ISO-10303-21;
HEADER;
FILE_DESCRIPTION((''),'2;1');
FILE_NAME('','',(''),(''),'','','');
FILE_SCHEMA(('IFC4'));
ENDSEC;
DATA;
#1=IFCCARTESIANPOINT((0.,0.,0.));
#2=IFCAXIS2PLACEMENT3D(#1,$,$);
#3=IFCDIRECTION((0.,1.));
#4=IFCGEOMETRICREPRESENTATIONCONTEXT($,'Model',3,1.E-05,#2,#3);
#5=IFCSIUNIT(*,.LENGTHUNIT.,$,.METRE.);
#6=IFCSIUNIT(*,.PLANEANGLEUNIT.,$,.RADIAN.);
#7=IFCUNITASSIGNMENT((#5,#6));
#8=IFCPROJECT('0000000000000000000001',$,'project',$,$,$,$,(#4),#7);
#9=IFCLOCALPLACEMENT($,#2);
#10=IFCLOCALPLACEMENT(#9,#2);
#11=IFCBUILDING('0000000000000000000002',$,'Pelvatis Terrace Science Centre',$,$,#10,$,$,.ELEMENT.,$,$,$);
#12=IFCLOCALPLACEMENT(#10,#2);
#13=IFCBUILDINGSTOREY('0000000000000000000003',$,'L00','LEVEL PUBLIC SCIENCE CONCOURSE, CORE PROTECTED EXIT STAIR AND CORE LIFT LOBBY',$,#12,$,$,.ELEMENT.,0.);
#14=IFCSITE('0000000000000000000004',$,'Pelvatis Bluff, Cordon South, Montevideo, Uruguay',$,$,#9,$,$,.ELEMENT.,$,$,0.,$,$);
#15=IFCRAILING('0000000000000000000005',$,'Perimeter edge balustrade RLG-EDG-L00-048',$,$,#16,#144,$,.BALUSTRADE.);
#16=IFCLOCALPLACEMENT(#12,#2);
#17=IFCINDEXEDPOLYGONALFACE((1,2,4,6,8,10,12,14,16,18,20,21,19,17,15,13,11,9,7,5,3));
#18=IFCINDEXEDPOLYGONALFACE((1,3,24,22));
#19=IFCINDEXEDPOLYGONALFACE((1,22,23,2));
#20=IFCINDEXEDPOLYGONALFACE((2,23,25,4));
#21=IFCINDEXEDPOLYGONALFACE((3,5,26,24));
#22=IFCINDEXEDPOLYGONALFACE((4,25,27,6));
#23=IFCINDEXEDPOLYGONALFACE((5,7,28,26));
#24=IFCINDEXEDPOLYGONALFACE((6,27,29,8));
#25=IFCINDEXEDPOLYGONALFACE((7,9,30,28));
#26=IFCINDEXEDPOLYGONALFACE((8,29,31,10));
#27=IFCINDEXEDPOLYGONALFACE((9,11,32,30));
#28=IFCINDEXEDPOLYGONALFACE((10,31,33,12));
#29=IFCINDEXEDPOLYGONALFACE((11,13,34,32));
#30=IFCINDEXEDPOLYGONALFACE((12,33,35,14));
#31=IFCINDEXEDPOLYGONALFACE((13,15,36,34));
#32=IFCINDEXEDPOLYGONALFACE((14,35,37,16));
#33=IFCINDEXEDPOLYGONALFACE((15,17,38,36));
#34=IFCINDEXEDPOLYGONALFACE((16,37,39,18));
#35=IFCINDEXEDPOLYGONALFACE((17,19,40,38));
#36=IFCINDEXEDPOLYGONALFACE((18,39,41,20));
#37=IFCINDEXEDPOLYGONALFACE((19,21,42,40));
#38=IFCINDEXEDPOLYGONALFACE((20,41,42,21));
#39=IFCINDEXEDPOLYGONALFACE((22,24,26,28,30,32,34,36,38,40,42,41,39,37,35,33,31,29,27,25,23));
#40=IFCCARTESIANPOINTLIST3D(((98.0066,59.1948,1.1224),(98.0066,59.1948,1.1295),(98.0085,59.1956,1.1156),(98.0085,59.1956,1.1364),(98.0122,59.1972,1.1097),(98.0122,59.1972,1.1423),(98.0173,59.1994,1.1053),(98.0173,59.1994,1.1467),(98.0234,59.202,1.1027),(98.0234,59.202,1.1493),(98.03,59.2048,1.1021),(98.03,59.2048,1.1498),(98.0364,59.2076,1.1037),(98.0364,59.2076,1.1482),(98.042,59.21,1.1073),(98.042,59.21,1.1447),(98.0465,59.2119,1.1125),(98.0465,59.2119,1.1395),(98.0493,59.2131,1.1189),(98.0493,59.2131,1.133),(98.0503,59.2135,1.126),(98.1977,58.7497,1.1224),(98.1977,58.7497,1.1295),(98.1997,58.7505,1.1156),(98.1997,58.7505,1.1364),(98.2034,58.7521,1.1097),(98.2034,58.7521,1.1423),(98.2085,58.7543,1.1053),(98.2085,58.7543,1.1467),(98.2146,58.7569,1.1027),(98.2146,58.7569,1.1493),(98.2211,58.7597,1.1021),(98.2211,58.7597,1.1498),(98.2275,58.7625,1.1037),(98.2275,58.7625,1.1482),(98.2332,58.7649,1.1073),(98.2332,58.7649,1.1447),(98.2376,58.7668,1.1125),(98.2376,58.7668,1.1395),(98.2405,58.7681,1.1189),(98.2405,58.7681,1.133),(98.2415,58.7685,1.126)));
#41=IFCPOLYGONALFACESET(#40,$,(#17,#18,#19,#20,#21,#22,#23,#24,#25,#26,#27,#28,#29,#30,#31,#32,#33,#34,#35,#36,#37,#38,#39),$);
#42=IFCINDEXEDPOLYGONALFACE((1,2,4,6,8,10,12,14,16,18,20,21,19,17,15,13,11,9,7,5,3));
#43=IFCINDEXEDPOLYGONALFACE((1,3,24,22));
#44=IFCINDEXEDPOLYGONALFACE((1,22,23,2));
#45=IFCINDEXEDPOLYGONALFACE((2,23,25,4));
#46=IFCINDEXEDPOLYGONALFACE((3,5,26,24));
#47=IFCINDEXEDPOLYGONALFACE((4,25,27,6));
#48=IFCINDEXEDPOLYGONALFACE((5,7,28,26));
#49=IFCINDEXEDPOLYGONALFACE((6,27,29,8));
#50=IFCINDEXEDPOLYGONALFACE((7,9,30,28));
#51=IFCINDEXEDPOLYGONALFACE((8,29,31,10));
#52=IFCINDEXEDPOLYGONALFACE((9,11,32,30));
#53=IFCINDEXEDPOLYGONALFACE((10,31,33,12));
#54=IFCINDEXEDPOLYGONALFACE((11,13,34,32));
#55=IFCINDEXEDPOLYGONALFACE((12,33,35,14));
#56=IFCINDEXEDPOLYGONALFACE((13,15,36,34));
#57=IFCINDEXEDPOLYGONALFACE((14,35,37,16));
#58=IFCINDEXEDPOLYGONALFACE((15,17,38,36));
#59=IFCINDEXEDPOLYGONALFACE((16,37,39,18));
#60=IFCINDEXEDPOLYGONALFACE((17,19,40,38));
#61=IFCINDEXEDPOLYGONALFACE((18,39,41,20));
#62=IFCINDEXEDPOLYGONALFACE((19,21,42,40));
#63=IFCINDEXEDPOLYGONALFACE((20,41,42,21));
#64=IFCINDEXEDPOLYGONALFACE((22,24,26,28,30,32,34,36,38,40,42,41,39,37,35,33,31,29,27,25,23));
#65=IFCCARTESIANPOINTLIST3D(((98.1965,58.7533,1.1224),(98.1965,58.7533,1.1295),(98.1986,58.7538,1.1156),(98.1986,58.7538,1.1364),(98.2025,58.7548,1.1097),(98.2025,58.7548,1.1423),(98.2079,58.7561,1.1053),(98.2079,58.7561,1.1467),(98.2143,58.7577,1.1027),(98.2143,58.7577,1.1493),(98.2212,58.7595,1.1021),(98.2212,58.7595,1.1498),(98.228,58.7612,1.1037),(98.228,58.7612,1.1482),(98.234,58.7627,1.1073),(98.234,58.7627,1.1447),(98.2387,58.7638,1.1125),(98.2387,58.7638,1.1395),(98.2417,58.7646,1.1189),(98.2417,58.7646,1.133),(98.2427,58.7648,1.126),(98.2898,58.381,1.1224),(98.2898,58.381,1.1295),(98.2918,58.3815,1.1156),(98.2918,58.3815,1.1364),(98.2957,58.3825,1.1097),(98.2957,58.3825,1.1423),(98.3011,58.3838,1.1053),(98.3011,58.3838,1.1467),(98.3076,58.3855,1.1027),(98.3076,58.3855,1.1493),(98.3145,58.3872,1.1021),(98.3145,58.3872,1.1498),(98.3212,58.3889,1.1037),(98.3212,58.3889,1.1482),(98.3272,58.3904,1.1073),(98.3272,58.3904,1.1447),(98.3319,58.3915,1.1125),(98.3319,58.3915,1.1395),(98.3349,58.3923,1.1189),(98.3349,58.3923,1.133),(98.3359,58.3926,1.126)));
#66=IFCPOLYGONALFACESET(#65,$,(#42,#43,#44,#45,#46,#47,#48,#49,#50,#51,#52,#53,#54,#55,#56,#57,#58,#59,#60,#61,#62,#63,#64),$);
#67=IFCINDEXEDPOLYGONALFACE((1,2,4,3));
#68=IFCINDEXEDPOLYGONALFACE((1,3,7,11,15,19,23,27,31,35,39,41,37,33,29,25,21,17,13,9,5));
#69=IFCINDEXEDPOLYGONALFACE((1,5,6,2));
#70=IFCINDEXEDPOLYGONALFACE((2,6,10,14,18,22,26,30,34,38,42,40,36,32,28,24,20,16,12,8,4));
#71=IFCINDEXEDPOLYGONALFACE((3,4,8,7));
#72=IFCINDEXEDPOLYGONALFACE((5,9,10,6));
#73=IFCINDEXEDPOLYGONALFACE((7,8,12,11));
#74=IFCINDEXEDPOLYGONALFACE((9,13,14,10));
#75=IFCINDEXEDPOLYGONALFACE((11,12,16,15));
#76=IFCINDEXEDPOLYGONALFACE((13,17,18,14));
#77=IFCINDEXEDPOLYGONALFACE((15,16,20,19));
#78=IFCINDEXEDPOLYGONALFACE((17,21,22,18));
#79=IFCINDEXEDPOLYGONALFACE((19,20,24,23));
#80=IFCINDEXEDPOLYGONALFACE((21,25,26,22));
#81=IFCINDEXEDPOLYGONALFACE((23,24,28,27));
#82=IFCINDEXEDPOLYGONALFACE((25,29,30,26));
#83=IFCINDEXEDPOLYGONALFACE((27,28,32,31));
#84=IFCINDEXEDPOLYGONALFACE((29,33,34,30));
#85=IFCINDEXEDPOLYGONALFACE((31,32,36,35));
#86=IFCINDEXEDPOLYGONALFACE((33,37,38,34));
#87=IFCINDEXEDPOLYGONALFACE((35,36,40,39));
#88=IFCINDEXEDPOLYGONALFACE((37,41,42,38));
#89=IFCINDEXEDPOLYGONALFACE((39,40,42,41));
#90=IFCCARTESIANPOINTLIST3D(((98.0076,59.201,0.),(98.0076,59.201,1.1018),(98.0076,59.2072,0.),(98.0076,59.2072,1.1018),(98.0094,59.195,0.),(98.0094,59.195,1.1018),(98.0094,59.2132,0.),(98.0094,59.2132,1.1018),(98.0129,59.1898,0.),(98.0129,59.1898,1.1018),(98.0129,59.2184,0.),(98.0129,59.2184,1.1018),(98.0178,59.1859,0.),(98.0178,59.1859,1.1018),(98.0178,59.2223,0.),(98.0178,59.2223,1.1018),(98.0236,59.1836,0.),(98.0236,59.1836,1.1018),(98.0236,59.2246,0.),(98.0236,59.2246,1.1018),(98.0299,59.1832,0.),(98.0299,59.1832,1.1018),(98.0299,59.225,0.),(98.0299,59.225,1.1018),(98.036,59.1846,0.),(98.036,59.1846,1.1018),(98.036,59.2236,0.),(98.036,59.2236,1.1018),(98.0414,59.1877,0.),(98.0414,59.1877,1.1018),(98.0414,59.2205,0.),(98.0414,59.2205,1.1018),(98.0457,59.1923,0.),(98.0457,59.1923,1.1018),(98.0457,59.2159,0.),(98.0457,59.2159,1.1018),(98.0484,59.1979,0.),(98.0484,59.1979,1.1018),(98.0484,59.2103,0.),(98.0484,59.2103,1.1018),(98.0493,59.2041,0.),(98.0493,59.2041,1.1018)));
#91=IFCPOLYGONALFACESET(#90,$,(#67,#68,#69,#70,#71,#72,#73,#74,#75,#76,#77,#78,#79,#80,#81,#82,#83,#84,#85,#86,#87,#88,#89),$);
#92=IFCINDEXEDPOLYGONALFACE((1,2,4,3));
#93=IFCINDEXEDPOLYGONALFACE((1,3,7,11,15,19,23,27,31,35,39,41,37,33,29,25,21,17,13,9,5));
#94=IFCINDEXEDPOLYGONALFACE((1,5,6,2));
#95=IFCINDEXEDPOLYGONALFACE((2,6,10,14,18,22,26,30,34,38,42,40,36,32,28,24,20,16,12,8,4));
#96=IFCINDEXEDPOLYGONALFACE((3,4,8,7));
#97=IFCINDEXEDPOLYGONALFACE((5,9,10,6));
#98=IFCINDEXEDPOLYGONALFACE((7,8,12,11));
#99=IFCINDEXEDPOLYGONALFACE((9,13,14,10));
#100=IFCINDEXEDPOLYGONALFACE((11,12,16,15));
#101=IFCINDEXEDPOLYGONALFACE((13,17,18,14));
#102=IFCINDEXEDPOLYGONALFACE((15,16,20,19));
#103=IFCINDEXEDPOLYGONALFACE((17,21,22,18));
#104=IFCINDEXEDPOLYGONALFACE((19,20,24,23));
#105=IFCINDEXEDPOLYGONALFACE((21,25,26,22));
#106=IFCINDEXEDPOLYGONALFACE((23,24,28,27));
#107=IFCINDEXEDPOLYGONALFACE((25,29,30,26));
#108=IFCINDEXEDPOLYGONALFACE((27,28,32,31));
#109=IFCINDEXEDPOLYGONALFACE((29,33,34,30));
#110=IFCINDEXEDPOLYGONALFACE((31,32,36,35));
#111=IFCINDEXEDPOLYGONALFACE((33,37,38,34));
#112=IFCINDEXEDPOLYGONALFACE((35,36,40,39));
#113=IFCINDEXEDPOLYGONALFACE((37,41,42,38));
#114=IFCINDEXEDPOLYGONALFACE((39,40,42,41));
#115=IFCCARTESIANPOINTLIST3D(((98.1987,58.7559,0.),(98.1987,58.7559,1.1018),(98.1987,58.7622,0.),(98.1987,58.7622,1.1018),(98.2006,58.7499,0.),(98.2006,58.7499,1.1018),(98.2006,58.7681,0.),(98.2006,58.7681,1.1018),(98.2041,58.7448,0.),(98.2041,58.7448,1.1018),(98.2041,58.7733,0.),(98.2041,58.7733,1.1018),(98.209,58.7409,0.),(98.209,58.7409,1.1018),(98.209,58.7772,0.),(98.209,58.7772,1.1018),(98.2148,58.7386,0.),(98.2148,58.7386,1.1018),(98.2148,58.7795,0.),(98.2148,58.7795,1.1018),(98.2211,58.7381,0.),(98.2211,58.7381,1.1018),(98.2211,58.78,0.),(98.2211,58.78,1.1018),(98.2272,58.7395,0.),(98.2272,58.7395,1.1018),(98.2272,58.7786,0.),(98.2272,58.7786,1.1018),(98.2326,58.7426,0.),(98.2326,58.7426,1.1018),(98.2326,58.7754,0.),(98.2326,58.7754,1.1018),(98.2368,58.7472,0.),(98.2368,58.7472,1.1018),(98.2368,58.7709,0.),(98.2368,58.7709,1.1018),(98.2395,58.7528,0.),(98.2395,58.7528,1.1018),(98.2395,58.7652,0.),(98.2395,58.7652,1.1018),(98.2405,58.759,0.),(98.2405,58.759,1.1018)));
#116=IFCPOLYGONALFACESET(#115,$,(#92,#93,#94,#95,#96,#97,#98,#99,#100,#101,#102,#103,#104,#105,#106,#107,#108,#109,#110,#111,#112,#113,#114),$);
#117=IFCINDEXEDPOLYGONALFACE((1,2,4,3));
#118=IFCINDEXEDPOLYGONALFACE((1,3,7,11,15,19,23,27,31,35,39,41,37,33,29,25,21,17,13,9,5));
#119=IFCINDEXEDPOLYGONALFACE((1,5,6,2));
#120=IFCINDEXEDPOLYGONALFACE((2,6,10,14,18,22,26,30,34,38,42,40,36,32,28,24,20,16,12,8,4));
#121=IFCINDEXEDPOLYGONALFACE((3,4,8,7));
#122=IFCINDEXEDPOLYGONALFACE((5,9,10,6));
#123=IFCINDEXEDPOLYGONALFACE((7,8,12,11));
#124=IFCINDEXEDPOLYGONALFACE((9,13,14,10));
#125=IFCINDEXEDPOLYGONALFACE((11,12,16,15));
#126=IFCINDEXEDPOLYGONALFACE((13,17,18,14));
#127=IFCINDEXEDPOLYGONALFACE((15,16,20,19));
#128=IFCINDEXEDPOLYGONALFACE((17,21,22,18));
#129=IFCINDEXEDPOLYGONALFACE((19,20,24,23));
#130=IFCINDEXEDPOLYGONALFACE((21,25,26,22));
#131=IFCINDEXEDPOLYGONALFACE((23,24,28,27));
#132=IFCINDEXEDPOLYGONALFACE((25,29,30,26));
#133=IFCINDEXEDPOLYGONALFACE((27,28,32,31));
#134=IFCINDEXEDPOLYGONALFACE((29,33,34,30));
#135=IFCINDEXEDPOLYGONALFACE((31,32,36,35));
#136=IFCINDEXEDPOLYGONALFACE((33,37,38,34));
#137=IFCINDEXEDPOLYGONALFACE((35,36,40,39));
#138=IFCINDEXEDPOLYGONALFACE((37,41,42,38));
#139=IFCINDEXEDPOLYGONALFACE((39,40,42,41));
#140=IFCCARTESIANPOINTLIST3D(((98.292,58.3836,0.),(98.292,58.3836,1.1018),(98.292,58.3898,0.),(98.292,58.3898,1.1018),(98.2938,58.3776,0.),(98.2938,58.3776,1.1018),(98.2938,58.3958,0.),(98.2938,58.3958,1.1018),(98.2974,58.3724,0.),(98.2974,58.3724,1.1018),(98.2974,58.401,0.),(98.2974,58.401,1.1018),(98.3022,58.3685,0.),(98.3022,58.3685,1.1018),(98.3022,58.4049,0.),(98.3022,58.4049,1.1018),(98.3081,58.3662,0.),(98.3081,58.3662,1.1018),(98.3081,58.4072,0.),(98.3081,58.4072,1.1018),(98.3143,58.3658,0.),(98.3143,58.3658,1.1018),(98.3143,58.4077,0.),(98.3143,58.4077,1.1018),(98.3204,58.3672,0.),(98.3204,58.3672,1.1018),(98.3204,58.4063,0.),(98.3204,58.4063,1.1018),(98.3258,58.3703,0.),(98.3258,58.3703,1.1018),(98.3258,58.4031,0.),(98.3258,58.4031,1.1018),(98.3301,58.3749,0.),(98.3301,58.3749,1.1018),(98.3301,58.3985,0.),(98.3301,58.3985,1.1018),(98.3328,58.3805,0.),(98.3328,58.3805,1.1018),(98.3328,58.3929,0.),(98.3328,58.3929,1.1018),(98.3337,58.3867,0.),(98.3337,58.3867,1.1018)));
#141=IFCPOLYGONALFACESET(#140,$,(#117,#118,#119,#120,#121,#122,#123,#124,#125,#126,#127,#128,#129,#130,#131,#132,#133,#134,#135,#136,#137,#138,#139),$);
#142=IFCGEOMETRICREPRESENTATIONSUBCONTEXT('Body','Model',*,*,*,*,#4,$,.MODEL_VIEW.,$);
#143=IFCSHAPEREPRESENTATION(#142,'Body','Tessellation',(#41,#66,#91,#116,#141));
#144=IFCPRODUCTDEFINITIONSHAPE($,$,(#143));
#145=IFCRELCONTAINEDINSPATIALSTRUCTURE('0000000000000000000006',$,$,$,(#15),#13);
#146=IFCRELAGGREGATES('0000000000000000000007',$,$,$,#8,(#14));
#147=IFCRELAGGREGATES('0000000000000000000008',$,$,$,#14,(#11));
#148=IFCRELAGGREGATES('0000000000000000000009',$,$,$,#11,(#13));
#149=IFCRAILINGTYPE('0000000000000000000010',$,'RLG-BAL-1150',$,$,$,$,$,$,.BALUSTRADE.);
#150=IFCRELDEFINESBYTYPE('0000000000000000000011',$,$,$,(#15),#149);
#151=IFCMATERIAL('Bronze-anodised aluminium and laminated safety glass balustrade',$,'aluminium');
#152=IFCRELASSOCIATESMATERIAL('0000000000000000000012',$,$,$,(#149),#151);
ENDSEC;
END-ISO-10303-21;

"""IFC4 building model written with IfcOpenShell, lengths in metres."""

from ifc_helpers import new_model, si_unit, direction, frame, origin, origin_2d, place, context, subcontext, project, spatial, circle, extrude, material, type_object, element, save


model = new_model("IFC4")

# Units and contexts
model_context = context("Model", 3, precision=1e-05, world=origin(), true_north=direction((0.0, 1.0)))
body_context = subcontext(model_context, "Body", "Model", "MODEL_VIEW")
ifc_project = project(units=[si_unit("LENGTHUNIT", "METRE"), si_unit("PLANEANGLEUNIT", "RADIAN")], contexts=[model_context])

# Site, building, storey
site_placement = place(None, origin())
site = spatial("IfcSite", under=ifc_project, at=site_placement, Name="Pelvatis Bluff, Cordon South, Montevideo, Uruguay", CompositionType="ELEMENT", RefElevation=0.0)
building_placement = place(site_placement, origin())
building = spatial("IfcBuilding", under=site, at=building_placement, Name="Pelvatis Terrace Science Centre", CompositionType="ELEMENT")
storey_placement = place(building_placement, origin())
storey = spatial("IfcBuildingStorey", under=building, at=storey_placement, Name="L00", Description="LEVEL PUBLIC SCIENCE CONCOURSE, CORE PROTECTED EXIT STAIR AND CORE LIFT LOBBY", CompositionType="ELEMENT", Elevation=0.0)

# Railing
ifc_material_1 = material(Name="Bronze-anodised aluminium and laminated safety glass balustrade", Category="aluminium")
railing_type = type_object("IfcRailingType", Name="RLG-BAL-1150", PredefinedType="BALUSTRADE", material=ifc_material_1)
railing_placement = place(storey_placement, frame((98.0283, 59.2041, 0.0)))
element("IfcRailing", 1, at=railing_placement, inside=storey, type_object=railing_type, Name="Perimeter edge balustrade RLG-EDG-L00-048", PredefinedType="BALUSTRADE", context=body_context, shape_type="SweptSolid", body=[
    extrude(circle(Radius=0.0239, at=origin_2d()), frame((0.0, 0.0, 1.126), z_axis=(0.394649, -0.918832, 0.0), x_axis=(0.918832, 0.394649, 0.0)), (0.0, 0.0, 1.0), 0.4844),
    extrude(circle(Radius=0.0239, at=origin_2d()), frame((0.1912, -0.4451, 1.126), z_axis=(0.242985, -0.97003, 0.0), x_axis=(0.97003, 0.242985, 0.0)), (0.0, 0.0, 1.0), 0.3838),
    extrude(circle(Radius=0.021, at=origin_2d()), origin(), (0.0, 0.0, 1.0), 1.1018),
    extrude(circle(Radius=0.021, at=origin_2d()), frame((0.1912, -0.4451, 0.0)), (0.0, 0.0, 1.0), 1.1018),
    extrude(circle(Radius=0.021, at=origin_2d()), frame((0.2844, -0.8174, 0.0)), (0.0, 0.0, 1.0), 1.1018),
])

save(model, "model.ifc")
